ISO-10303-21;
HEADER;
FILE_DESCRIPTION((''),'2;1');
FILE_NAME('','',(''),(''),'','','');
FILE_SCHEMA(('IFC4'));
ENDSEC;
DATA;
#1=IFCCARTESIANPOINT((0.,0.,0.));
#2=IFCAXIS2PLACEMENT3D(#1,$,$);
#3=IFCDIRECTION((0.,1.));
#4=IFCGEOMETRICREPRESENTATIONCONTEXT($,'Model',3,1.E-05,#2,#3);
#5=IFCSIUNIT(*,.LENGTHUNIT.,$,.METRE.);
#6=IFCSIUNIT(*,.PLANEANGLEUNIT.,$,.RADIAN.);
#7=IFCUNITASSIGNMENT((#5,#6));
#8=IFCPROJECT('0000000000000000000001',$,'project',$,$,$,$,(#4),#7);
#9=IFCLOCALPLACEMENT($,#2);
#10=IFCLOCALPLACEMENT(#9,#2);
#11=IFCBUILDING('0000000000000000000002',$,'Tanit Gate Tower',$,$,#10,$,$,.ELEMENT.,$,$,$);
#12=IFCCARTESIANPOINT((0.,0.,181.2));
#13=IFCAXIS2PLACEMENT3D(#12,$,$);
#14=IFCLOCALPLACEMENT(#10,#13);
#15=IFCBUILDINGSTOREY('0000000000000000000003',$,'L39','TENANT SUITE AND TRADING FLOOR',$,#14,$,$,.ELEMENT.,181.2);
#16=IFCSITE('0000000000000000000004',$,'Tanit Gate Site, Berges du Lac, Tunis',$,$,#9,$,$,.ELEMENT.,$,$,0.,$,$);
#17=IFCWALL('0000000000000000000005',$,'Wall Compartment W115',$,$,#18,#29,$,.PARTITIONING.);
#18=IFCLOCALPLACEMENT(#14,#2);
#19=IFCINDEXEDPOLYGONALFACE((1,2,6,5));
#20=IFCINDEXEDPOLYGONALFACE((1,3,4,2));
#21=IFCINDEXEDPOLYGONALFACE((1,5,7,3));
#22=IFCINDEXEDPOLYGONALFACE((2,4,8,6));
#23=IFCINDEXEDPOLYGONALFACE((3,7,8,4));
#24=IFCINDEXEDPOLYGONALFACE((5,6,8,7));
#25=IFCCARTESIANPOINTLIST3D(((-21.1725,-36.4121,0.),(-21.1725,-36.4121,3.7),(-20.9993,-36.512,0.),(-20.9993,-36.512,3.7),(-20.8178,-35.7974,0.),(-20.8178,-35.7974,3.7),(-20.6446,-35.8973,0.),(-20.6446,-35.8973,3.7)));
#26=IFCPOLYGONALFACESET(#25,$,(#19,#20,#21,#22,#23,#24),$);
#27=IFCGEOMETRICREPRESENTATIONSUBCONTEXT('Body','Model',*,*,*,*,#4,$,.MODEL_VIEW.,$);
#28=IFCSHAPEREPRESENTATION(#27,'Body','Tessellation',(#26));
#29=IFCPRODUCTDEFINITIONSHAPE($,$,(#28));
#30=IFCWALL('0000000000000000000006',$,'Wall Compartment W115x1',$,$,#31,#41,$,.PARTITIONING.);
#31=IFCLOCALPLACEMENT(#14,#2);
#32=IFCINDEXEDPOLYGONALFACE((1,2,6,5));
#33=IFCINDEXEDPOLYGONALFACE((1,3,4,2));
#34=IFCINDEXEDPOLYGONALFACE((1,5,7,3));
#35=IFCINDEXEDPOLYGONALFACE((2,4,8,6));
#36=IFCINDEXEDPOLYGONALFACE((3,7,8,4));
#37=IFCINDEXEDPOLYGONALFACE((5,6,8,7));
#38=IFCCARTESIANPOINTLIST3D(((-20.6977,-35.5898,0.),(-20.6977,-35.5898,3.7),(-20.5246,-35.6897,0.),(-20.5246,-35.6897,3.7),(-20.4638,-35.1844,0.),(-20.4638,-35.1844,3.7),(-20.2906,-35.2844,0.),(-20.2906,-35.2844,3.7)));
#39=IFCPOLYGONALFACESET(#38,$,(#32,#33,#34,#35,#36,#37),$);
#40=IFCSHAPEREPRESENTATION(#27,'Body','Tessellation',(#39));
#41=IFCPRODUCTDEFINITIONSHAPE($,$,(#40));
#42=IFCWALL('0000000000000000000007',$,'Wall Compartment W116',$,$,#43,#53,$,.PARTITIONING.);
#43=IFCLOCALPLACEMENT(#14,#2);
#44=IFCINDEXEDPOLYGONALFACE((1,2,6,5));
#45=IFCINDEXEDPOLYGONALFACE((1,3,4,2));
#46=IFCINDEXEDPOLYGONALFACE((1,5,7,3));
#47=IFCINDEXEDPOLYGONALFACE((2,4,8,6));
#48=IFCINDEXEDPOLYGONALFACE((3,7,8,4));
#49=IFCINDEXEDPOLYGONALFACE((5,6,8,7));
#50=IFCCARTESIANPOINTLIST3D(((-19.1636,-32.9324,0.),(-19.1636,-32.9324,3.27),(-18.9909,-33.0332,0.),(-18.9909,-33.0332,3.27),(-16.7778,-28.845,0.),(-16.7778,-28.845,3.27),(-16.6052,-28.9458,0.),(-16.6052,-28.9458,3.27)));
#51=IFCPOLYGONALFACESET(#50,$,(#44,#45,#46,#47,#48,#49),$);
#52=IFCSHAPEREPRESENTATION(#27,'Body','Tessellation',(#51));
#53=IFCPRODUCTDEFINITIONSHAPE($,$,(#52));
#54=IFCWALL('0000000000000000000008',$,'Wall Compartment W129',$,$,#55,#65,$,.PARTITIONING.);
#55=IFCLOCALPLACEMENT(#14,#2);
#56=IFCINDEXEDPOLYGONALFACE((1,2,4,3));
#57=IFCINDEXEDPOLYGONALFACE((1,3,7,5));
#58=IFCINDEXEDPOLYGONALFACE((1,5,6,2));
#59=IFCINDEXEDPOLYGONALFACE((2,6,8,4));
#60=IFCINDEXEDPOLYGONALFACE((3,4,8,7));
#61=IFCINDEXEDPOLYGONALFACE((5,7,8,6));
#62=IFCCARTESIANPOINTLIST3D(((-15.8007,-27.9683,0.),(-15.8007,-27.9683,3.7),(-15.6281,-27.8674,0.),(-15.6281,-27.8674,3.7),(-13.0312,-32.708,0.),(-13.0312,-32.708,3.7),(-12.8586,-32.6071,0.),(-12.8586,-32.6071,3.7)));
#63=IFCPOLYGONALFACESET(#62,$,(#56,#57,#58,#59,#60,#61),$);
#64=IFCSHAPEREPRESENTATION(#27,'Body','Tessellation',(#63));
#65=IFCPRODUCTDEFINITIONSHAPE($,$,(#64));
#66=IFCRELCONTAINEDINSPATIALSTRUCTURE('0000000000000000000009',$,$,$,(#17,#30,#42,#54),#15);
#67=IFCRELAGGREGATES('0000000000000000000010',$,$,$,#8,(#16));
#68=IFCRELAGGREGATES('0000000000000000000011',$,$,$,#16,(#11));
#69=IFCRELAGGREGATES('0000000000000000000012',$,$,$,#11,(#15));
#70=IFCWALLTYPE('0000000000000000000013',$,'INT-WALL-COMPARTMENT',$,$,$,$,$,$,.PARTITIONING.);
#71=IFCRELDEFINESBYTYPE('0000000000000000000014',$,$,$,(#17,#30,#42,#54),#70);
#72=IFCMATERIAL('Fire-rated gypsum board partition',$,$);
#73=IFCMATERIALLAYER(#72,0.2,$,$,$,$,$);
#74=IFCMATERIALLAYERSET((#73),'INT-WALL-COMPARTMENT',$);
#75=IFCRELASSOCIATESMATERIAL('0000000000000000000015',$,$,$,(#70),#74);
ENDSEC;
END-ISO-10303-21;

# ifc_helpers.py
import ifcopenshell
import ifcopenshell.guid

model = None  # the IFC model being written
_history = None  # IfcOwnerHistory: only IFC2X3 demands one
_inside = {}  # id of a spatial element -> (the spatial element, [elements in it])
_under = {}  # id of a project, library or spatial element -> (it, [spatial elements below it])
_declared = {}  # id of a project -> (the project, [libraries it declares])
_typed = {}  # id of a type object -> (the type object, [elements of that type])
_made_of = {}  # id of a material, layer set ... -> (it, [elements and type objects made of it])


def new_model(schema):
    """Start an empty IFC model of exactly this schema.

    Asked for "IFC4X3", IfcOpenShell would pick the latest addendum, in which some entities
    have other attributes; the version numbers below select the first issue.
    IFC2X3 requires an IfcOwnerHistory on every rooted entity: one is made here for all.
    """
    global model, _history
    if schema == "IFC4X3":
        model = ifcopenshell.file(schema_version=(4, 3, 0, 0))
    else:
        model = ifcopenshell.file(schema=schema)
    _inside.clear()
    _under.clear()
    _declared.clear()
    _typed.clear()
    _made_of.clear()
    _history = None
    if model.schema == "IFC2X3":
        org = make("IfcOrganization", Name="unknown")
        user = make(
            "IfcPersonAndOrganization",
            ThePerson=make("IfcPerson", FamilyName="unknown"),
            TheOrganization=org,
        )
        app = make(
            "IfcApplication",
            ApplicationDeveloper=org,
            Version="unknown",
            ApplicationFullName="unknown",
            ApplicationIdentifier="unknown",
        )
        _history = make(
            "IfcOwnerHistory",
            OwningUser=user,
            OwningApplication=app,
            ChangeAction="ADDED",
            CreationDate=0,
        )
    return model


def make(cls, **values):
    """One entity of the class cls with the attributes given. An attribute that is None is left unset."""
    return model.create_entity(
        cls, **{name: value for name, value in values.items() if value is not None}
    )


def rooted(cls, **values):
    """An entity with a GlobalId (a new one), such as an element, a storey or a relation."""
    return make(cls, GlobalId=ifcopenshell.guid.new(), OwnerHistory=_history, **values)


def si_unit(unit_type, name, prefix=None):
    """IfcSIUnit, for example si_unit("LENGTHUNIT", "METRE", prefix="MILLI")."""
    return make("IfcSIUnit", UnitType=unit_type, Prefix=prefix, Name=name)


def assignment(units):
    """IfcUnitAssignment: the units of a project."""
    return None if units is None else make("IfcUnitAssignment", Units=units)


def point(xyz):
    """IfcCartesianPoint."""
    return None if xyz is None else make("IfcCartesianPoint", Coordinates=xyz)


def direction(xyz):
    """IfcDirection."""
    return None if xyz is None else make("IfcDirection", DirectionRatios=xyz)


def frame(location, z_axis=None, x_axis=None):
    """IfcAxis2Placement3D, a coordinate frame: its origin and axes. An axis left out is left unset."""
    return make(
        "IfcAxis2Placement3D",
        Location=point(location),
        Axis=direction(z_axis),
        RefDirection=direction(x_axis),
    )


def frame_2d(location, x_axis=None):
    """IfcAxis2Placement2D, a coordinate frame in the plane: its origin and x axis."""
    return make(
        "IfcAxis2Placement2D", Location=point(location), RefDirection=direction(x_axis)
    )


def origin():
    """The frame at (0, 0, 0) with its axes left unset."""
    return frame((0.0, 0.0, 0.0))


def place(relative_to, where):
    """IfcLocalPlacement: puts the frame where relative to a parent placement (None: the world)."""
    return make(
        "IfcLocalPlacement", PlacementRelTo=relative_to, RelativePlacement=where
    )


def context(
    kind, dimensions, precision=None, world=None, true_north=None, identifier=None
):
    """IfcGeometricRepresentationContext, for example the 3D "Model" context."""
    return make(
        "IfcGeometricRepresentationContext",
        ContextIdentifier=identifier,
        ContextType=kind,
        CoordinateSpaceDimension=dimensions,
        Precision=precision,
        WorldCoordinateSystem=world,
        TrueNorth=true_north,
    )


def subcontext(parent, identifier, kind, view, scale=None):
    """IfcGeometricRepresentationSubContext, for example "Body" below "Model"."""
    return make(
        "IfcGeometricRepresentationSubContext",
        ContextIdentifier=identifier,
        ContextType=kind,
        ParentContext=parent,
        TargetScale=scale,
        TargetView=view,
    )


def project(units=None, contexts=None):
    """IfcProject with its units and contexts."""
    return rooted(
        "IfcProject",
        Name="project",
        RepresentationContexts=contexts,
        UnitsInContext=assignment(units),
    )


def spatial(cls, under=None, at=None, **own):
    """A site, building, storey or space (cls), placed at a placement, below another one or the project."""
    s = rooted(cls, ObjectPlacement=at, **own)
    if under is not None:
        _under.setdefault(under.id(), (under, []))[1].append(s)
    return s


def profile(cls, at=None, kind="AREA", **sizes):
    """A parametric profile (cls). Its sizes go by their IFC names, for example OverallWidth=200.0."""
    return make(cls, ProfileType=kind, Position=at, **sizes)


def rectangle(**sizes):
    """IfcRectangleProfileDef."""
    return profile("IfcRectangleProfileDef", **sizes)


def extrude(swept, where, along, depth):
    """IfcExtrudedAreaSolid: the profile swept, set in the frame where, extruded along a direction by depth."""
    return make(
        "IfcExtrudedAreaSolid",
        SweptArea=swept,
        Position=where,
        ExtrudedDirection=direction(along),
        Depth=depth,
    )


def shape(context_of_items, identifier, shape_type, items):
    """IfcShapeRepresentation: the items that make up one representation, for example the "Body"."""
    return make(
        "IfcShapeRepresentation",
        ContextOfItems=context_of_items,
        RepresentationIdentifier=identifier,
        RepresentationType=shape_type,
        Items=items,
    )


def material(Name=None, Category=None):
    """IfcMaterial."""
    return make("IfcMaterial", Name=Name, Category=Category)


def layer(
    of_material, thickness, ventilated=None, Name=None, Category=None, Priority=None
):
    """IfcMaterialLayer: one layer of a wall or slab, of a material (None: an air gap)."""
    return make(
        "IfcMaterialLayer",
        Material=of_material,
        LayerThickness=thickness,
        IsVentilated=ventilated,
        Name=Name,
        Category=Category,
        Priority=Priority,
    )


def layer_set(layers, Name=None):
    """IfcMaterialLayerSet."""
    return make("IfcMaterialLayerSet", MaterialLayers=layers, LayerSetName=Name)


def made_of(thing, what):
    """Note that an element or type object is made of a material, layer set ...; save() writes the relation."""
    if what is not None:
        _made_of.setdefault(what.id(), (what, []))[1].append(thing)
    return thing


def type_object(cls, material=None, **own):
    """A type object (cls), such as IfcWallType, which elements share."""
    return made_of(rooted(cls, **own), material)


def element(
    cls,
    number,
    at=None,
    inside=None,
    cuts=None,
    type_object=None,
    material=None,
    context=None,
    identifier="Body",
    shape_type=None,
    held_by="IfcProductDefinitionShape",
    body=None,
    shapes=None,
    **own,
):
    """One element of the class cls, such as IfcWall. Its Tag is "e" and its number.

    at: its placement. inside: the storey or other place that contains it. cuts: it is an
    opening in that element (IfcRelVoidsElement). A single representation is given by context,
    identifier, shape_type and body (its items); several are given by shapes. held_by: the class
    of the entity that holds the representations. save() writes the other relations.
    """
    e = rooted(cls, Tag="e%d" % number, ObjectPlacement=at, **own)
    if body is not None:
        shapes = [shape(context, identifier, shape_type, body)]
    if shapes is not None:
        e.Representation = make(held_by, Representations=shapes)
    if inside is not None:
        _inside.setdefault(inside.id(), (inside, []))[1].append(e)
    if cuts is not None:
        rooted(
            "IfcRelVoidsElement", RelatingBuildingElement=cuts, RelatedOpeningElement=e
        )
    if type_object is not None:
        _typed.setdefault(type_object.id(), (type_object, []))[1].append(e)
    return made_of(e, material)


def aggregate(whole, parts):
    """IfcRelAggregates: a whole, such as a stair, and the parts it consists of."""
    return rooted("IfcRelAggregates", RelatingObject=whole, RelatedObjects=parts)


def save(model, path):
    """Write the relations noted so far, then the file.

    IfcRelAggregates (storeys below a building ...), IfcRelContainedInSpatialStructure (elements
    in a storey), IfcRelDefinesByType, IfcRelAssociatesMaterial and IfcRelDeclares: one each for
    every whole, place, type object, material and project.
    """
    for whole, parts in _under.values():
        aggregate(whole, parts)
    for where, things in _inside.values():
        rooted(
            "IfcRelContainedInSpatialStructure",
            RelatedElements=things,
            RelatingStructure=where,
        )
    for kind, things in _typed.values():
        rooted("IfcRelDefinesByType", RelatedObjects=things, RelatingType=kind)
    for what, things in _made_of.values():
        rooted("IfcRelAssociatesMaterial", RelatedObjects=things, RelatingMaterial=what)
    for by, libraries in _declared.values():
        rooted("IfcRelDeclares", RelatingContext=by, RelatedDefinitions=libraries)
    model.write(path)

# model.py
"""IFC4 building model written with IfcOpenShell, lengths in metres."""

from ifc_helpers import new_model, si_unit, direction, frame, frame_2d, origin, place, context, subcontext, project, spatial, rectangle, extrude, material, layer, layer_set, type_object, element, save


model = new_model("IFC4")

# Units and contexts
model_context = context("Model", 3, precision=1e-05, world=origin(), true_north=direction((0.0, 1.0)))
body_context = subcontext(model_context, "Body", "Model", "MODEL_VIEW")
ifc_project = project(units=[si_unit("LENGTHUNIT", "METRE"), si_unit("PLANEANGLEUNIT", "RADIAN")], contexts=[model_context])

# Site, building, storey
site_placement = place(None, origin())
site = spatial("IfcSite", under=ifc_project, at=site_placement, Name="Tanit Gate Site, Berges du Lac, Tunis", CompositionType="ELEMENT", RefElevation=0.0)
building_placement = place(site_placement, origin())
building = spatial("IfcBuilding", under=site, at=building_placement, Name="Tanit Gate Tower", CompositionType="ELEMENT")
storey_placement = place(building_placement, frame((0.0, 0.0, 181.2)))
storey = spatial("IfcBuildingStorey", under=building, at=storey_placement, Name="L39", Description="TENANT SUITE AND TRADING FLOOR", CompositionType="ELEMENT", Elevation=181.2)

# Walls
ifc_material_1 = material(Name="Fire-rated gypsum board partition")
ifc_layer_1 = layer(ifc_material_1, 0.2)
ifc_layer_set_1 = layer_set([ifc_layer_1], Name="INT-WALL-COMPARTMENT")
wall_type_1 = type_object("IfcWallType", Name="INT-WALL-COMPARTMENT", PredefinedType="PARTITIONING", material=ifc_layer_set_1)
wall_1_placement = place(storey_placement, frame((-21.0859, -36.4622, 0.0), z_axis=(0.0, 0.0, 1.0), x_axis=(0.499802, 0.86614, 0.0)))
element("IfcWall", 1, at=wall_1_placement, inside=storey, type_object=wall_type_1, Name="Wall Compartment W115", PredefinedType="PARTITIONING", context=body_context, shape_type="SweptSolid", body=[
    extrude(rectangle(XDim=0.7097, YDim=0.2, at=frame_2d((0.355, 0.0))), origin(), (0.0, 0.0, 1.0), 3.7),
])
wall_2_placement = place(storey_placement, frame((-20.6111, -35.6396, 0.0), z_axis=(0.0, 0.0, 1.0), x_axis=(0.499843, 0.866116, 0.0)))
element("IfcWall", 2, at=wall_2_placement, inside=storey, type_object=wall_type_1, Name="Wall Compartment W115x1", PredefinedType="PARTITIONING", context=body_context, shape_type="SweptSolid", body=[
    extrude(rectangle(XDim=0.468, YDim=0.2, at=frame_2d((0.2339, 0.0))), origin(), (0.0, 0.0, 1.0), 3.7),
])
wall_3_placement = place(storey_placement, frame((-19.0771, -32.9827, 0.0), z_axis=(0.0, 0.0, 1.0), x_axis=(0.504096, 0.863648, 0.0)))
element("IfcWall", 3, at=wall_3_placement, inside=storey, type_object=wall_type_1, Name="Wall Compartment W116", PredefinedType="PARTITIONING", context=body_context, shape_type="SweptSolid", body=[
    extrude(rectangle(XDim=4.7327, YDim=0.2, at=frame_2d((2.3662, 0.0))), origin(), (0.0, 0.0, 1.0), 3.27),
])
wall_4_placement = place(storey_placement, frame((-15.7144, -27.918, 0.0), z_axis=(0.0, 0.0, 1.0), x_axis=(0.504507, -0.863408, 0.0)))
element("IfcWall", 4, at=wall_4_placement, inside=storey, type_object=wall_type_1, Name="Wall Compartment W129", PredefinedType="PARTITIONING", context=body_context, shape_type="SweptSolid", body=[
    extrude(rectangle(XDim=5.4895, YDim=0.2, at=frame_2d((2.7446, 0.0))), origin(), (0.0, 0.0, 1.0), 3.7),
])

save(model, "model.ifc")
